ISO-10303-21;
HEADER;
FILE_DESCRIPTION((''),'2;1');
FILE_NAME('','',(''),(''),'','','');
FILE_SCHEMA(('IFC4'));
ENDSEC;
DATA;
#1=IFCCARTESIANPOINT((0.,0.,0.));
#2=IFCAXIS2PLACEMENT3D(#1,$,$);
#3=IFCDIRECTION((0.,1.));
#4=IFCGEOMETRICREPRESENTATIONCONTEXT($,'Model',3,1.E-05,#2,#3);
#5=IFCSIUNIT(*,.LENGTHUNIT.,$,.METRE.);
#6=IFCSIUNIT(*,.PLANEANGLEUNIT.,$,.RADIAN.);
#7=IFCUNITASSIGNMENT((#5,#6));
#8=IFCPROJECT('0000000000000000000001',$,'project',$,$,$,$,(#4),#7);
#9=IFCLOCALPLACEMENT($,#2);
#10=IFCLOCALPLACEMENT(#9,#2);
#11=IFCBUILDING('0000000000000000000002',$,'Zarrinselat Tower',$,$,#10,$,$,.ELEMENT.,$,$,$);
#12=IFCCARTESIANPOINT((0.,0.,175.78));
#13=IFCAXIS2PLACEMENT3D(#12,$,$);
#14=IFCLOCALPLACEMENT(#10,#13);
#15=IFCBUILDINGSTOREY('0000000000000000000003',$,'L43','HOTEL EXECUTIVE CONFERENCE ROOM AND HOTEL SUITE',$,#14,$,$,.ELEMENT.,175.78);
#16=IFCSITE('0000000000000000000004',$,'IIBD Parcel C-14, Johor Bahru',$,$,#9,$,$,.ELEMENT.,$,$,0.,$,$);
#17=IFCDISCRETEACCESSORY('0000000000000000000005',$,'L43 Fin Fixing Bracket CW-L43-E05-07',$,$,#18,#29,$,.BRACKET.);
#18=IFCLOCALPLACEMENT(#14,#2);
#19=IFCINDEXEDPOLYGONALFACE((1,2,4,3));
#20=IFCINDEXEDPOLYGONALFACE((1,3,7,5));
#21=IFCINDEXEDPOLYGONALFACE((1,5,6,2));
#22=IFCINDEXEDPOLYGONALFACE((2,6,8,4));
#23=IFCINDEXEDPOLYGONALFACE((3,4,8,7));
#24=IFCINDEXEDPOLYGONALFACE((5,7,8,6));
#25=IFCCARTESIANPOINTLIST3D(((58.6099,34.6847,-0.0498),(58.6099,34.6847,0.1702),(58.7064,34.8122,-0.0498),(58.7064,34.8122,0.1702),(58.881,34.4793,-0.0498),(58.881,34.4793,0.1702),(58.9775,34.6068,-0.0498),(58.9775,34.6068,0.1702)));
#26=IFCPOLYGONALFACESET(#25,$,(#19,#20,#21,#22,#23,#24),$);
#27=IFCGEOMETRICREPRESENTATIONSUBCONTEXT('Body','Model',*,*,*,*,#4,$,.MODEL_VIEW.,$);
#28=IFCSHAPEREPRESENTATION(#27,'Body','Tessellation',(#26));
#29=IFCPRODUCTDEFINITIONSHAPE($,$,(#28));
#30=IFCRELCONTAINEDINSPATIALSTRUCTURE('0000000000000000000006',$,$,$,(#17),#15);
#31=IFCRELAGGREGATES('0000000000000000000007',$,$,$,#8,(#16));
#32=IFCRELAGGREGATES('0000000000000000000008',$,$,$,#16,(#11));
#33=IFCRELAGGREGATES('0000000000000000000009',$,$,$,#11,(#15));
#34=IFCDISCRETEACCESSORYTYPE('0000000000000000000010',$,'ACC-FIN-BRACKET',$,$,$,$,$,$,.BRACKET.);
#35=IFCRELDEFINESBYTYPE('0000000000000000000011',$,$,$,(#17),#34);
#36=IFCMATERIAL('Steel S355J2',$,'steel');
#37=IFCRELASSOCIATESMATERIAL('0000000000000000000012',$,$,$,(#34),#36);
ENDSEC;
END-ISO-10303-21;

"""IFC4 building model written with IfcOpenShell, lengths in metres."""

from ifc_helpers import new_model, si_unit, direction, frame, origin, origin_2d, place, context, subcontext, project, spatial, rectangle, extrude, material, type_object, element, save


model = new_model("IFC4")

# Units and contexts
model_context = context("Model", 3, precision=1e-05, world=origin(), true_north=direction((0.0, 1.0)))
body_context = subcontext(model_context, "Body", "Model", "MODEL_VIEW")
ifc_project = project(units=[si_unit("LENGTHUNIT", "METRE"), si_unit("PLANEANGLEUNIT", "RADIAN")], contexts=[model_context])

# Site, building, storey
site_placement = place(None, origin())
site = spatial("IfcSite", under=ifc_project, at=site_placement, Name="IIBD Parcel C-14, Johor Bahru", CompositionType="ELEMENT", RefElevation=0.0)
building_placement = place(site_placement, origin())
building = spatial("IfcBuilding", under=site, at=building_placement, Name="Zarrinselat Tower", CompositionType="ELEMENT")
storey_placement = place(building_placement, frame((0.0, 0.0, 175.78)))
storey = spatial("IfcBuildingStorey", under=building, at=storey_placement, Name="L43", Description="HOTEL EXECUTIVE CONFERENCE ROOM AND HOTEL SUITE", CompositionType="ELEMENT", Elevation=175.78)

# Discrete accessory
ifc_material_1 = material(Name="Steel S355J2", Category="steel")
discrete_accessory_type = type_object("IfcDiscreteAccessoryType", Name="ACC-FIN-BRACKET", PredefinedType="BRACKET", material=ifc_material_1)
discrete_accessory_placement = place(storey_placement, frame((58.7937, 34.6458, -0.0498), z_axis=(0.0, 0.0, 1.0), x_axis=(0.797091, -0.603859, 0.0)))
element("IfcDiscreteAccessory", 1, at=discrete_accessory_placement, inside=storey, type_object=discrete_accessory_type, Name="L43 Fin Fixing Bracket CW-L43-E05-07", PredefinedType="BRACKET", context=body_context, shape_type="SweptSolid", body=[
    extrude(rectangle(XDim=0.3401, YDim=0.1599, at=origin_2d()), origin(), (0.0, 0.0, 1.0), 0.22),
])

save(model, "model.ifc")
